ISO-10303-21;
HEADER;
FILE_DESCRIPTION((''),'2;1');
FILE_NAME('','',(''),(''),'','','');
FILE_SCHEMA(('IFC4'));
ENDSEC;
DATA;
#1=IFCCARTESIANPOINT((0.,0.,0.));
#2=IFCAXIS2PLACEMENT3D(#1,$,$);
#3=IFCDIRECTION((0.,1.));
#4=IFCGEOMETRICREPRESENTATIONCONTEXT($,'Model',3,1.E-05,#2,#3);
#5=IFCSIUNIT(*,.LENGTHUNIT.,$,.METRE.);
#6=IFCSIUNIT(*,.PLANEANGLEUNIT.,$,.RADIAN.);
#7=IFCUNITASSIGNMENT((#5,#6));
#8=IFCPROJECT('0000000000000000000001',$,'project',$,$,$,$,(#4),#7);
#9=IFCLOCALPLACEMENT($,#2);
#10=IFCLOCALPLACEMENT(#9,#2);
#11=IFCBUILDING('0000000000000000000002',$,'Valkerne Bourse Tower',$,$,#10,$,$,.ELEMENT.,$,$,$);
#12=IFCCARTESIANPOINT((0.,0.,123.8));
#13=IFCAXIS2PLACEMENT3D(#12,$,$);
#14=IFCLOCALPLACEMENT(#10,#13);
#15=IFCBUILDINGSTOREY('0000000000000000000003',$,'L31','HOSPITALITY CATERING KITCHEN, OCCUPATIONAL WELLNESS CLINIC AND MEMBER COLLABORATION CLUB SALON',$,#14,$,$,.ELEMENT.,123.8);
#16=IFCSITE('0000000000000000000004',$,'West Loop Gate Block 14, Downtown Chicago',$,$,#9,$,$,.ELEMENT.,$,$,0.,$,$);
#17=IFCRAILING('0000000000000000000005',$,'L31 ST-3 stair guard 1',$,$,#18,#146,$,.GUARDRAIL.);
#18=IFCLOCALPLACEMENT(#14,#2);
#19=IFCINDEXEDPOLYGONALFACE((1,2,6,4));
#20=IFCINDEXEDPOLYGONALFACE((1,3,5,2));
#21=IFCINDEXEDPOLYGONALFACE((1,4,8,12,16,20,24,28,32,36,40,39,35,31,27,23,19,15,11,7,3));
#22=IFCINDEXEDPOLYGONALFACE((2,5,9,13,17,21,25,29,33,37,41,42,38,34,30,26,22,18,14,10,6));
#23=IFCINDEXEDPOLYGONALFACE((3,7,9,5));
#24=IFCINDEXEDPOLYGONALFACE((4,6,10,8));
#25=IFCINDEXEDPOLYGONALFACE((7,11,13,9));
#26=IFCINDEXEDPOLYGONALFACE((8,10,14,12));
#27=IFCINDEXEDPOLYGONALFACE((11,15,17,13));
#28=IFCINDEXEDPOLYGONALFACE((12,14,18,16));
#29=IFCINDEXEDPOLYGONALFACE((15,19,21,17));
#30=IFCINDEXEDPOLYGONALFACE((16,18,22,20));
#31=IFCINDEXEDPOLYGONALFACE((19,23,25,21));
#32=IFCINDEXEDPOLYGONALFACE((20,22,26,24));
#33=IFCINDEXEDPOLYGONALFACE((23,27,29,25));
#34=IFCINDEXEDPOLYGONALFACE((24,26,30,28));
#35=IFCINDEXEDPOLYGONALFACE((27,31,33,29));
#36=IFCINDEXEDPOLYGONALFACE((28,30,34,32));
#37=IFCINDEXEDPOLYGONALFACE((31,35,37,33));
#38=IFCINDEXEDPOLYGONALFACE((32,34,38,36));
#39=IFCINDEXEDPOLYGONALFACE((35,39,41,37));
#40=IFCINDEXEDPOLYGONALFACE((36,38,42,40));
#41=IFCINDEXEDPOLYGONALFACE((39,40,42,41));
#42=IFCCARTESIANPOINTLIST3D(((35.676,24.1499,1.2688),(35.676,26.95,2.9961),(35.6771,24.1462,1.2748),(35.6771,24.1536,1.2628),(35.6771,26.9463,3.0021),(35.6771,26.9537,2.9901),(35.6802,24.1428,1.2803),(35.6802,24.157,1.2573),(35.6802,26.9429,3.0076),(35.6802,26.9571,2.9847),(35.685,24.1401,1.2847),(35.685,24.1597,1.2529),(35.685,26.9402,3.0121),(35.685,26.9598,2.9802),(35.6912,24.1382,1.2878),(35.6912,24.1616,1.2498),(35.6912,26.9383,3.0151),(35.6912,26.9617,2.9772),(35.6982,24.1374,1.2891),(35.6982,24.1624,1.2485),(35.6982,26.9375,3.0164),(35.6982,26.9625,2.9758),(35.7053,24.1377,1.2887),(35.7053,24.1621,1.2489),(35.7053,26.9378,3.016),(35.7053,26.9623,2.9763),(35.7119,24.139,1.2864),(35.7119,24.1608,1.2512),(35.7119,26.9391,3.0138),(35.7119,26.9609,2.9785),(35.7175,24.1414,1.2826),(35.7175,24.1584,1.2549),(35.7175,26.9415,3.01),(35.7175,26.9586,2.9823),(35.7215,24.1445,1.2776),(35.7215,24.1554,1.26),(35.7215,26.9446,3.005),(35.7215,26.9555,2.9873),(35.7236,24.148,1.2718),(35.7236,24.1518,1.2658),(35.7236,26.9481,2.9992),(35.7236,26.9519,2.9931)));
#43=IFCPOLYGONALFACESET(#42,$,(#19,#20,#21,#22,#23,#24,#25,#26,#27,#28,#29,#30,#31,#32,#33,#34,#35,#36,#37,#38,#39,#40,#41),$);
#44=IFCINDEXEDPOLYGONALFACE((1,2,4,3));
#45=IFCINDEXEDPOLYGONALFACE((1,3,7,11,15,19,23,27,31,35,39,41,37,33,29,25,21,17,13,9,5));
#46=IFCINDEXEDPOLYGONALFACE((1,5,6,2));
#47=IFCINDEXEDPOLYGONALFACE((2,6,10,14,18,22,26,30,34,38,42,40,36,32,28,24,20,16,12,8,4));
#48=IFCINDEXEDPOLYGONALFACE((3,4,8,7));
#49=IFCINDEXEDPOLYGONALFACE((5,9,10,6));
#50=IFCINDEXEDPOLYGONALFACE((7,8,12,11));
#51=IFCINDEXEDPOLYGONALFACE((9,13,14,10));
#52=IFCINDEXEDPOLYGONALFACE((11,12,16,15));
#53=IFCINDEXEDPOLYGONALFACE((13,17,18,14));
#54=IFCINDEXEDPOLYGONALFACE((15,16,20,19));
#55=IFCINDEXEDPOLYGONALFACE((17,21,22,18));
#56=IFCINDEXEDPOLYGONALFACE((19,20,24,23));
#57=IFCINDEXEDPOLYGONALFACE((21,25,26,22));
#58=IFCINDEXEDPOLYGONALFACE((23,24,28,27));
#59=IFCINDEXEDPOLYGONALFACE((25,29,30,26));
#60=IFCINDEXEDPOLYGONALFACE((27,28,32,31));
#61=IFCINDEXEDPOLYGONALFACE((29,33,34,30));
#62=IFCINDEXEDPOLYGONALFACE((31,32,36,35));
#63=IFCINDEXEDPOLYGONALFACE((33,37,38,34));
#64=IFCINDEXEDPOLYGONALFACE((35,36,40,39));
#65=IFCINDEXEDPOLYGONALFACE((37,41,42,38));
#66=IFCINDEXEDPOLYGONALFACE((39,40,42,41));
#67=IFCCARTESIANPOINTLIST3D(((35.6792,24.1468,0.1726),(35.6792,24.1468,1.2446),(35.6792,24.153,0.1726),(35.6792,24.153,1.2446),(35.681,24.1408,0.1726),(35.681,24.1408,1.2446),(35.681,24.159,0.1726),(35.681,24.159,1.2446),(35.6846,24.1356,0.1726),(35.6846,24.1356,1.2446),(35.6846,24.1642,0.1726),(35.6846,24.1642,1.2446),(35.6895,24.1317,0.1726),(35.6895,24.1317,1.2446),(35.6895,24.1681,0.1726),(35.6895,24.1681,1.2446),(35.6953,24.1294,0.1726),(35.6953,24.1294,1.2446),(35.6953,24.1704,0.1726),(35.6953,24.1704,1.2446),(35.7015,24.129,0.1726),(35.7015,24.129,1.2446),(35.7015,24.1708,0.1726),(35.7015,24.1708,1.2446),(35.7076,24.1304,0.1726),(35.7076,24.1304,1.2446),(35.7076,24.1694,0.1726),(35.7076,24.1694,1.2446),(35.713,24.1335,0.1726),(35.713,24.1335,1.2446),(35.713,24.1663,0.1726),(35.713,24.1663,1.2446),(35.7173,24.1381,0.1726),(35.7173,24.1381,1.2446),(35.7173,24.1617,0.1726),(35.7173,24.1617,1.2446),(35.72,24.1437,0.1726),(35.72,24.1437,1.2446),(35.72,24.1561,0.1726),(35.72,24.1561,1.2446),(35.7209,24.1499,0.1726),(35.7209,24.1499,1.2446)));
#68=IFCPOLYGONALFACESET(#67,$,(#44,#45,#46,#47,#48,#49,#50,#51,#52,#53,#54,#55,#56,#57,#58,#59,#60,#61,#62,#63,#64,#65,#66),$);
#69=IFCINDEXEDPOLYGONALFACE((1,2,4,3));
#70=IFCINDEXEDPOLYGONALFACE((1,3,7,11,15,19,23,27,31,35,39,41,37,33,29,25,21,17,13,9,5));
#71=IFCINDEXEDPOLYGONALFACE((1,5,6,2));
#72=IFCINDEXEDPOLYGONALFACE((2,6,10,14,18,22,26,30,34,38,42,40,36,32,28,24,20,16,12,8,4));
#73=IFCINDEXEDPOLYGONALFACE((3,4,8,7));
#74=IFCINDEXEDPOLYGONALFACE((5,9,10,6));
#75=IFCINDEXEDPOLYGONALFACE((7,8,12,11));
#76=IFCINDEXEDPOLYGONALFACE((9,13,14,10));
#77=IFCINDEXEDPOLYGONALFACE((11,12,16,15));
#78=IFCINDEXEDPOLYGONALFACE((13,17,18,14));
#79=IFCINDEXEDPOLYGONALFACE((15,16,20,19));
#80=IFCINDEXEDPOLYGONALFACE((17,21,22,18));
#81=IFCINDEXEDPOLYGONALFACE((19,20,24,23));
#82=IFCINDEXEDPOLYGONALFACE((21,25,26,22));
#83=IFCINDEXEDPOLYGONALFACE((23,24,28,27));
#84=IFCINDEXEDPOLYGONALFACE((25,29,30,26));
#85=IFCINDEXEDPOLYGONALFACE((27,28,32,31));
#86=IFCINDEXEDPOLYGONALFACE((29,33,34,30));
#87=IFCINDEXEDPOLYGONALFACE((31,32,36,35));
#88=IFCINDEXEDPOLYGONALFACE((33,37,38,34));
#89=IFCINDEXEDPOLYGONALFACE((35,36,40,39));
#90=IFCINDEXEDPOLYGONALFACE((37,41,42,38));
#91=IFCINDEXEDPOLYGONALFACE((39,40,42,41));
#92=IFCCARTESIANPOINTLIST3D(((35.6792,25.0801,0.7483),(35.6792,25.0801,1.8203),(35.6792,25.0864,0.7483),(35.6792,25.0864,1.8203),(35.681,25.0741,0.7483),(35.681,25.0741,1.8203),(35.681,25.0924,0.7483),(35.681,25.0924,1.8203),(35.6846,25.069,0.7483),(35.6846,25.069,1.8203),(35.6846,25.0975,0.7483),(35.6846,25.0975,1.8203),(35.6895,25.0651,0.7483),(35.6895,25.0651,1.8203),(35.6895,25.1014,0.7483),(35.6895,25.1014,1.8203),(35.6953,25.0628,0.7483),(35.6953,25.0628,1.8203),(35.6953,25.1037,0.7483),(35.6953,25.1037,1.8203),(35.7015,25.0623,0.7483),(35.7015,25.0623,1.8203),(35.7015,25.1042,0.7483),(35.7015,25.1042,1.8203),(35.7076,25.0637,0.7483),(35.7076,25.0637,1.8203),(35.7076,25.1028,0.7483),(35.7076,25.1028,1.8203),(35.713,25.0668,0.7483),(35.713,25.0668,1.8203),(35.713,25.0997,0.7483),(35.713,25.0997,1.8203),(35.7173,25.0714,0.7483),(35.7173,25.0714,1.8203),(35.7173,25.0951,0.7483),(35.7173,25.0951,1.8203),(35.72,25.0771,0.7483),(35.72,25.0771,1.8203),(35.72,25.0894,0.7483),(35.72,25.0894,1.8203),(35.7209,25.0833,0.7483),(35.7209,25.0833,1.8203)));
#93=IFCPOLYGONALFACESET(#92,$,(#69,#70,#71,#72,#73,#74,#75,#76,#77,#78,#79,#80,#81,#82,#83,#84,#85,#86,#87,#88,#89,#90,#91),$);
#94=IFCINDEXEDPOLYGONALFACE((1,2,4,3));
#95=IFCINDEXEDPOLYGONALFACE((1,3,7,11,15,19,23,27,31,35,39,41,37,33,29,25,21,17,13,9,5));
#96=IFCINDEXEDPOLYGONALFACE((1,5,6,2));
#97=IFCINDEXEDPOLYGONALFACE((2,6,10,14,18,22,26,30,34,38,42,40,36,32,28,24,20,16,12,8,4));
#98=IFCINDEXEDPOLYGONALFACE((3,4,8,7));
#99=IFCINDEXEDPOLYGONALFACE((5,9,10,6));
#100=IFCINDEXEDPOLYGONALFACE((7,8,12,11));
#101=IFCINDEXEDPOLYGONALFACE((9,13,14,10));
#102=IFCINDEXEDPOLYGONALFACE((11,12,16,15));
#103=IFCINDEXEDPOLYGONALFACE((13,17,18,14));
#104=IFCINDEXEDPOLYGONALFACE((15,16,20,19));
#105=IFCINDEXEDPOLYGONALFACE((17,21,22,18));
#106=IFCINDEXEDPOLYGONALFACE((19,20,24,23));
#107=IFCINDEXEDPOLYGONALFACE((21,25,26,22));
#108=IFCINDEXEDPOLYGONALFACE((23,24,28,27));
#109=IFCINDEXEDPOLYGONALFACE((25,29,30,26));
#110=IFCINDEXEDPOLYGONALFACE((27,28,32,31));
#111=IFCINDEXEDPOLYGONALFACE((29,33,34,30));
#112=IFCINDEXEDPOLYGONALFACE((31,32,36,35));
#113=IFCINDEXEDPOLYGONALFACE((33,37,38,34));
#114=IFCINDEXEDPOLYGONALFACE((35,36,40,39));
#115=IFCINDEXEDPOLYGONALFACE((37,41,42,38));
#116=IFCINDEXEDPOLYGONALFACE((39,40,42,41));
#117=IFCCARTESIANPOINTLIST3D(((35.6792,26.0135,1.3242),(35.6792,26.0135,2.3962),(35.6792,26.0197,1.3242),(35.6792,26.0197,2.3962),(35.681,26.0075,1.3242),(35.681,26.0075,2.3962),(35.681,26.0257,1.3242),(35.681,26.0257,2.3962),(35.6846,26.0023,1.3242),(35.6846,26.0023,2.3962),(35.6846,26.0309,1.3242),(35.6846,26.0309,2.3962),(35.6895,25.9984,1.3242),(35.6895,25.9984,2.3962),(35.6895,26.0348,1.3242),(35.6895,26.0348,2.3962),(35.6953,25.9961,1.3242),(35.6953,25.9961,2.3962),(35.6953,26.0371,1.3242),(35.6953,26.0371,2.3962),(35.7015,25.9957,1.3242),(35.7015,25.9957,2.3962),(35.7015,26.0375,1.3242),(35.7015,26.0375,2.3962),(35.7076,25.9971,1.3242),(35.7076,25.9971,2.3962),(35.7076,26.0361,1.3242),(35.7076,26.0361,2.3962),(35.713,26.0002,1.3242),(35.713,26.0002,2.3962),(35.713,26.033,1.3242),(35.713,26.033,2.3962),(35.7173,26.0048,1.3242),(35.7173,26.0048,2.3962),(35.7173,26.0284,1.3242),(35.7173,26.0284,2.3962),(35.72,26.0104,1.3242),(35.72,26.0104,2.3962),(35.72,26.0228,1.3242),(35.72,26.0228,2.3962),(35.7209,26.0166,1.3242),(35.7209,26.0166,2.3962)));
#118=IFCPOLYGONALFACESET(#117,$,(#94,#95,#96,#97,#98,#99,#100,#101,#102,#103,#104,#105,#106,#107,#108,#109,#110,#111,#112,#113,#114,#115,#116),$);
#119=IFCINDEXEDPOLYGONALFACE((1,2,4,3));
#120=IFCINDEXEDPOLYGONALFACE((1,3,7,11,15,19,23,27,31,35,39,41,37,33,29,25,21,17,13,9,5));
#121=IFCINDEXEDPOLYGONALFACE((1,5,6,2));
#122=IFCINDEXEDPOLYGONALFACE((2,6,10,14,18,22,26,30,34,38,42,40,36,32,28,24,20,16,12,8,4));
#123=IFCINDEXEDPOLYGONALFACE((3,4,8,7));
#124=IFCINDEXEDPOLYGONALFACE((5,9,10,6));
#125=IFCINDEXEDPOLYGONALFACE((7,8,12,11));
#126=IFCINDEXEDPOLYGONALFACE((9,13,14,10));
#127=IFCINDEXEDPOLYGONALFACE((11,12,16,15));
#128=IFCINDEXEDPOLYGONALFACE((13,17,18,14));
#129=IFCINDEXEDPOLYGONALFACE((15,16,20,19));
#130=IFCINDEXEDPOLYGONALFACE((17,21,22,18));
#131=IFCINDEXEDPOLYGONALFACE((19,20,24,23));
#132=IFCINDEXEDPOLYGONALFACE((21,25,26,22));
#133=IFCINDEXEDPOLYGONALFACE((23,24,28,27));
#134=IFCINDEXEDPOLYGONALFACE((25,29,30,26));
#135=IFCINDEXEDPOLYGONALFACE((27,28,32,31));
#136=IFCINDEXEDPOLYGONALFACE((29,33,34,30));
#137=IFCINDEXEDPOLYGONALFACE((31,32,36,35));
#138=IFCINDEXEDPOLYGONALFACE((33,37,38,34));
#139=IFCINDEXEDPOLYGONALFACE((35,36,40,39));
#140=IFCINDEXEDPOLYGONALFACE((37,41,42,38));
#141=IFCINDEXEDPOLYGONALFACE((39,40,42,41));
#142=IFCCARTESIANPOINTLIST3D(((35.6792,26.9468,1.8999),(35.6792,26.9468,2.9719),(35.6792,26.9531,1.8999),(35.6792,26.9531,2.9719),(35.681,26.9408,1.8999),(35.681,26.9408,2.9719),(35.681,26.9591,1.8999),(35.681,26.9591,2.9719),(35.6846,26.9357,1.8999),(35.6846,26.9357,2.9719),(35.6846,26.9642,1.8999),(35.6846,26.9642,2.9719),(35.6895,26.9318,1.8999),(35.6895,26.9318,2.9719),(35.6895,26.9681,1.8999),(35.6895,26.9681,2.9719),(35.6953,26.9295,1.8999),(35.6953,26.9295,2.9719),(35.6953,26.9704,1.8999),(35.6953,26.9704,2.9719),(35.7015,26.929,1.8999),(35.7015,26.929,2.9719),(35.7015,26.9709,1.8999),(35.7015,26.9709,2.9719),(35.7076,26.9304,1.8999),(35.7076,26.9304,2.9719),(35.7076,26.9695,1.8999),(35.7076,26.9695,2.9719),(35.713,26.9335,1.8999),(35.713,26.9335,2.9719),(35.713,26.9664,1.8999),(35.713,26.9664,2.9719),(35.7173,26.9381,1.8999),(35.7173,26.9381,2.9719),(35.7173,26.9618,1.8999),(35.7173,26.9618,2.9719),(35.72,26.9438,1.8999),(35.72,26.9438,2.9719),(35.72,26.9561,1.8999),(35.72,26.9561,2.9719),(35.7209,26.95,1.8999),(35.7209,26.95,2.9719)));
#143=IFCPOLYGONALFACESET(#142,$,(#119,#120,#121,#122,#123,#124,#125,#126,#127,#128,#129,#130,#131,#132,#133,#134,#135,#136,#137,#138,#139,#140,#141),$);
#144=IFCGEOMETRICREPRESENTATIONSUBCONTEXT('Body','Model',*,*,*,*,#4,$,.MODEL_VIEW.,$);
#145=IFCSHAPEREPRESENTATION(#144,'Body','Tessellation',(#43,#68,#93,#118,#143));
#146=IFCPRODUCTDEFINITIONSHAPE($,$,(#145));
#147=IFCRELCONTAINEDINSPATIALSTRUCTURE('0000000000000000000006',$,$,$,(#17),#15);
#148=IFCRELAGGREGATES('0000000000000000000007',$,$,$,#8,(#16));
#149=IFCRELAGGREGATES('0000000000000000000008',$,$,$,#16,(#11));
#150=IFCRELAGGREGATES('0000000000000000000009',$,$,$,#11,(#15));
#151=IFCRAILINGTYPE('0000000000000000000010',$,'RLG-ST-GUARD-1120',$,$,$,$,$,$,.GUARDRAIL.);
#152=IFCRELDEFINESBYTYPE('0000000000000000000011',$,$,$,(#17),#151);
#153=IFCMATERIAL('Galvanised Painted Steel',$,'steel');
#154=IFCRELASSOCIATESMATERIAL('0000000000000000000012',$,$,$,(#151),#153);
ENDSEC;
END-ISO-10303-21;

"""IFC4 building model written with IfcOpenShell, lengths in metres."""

from ifc_helpers import new_model, si_unit, direction, frame, origin, origin_2d, place, context, subcontext, project, spatial, circle, extrude, material, type_object, element, save


model = new_model("IFC4")

# Units and contexts
model_context = context("Model", 3, precision=1e-05, world=origin(), true_north=direction((0.0, 1.0)))
body_context = subcontext(model_context, "Body", "Model", "MODEL_VIEW")
ifc_project = project(units=[si_unit("LENGTHUNIT", "METRE"), si_unit("PLANEANGLEUNIT", "RADIAN")], contexts=[model_context])

# Site, building, storey
site_placement = place(None, origin())
site = spatial("IfcSite", under=ifc_project, at=site_placement, Name="West Loop Gate Block 14, Downtown Chicago", CompositionType="ELEMENT", RefElevation=0.0)
building_placement = place(site_placement, origin())
building = spatial("IfcBuilding", under=site, at=building_placement, Name="Valkerne Bourse Tower", CompositionType="ELEMENT")
storey_placement = place(building_placement, frame((0.0, 0.0, 123.8)))
storey = spatial("IfcBuildingStorey", under=building, at=storey_placement, Name="L31", Description="HOSPITALITY CATERING KITCHEN, OCCUPATIONAL WELLNESS CLINIC AND MEMBER COLLABORATION CLUB SALON", CompositionType="ELEMENT", Elevation=123.8)

# Shared definitions
ifc_material_1 = material(Name="Galvanised Painted Steel", Category="steel")

# Railing
railing_type_1 = type_object("IfcRailingType", Name="RLG-ST-GUARD-1120", PredefinedType="GUARDRAIL", material=ifc_material_1)
railing_1_placement = place(storey_placement, frame((35.7, 24.1499, 0.1726)))
element("IfcRailing", 1, at=railing_1_placement, inside=storey, type_object=railing_type_1, Name="L31 ST-3 stair guard 1", PredefinedType="GUARDRAIL", context=body_context, shape_type="SweptSolid", body=[
    extrude(circle(Radius=0.0239, at=origin_2d()), frame((0.0, 0.0, 1.0962), z_axis=(0.0, 0.85109, 0.52502), x_axis=(-1.0, 0.0, 0.0)), (0.0, 0.0, 1.0), 3.29),
    extrude(circle(Radius=0.021, at=origin_2d()), origin(), (0.0, 0.0, 1.0), 1.072),
    extrude(circle(Radius=0.021, at=origin_2d()), frame((0.0, 0.9333, 0.5757)), (0.0, 0.0, 1.0), 1.072),
    extrude(circle(Radius=0.021, at=origin_2d()), frame((0.0, 1.8667, 1.1516)), (0.0, 0.0, 1.0), 1.072),
    extrude(circle(Radius=0.021, at=origin_2d()), frame((0.0, 2.8, 1.7273)), (0.0, 0.0, 1.0), 1.072),
])

save(model, "model.ifc")
